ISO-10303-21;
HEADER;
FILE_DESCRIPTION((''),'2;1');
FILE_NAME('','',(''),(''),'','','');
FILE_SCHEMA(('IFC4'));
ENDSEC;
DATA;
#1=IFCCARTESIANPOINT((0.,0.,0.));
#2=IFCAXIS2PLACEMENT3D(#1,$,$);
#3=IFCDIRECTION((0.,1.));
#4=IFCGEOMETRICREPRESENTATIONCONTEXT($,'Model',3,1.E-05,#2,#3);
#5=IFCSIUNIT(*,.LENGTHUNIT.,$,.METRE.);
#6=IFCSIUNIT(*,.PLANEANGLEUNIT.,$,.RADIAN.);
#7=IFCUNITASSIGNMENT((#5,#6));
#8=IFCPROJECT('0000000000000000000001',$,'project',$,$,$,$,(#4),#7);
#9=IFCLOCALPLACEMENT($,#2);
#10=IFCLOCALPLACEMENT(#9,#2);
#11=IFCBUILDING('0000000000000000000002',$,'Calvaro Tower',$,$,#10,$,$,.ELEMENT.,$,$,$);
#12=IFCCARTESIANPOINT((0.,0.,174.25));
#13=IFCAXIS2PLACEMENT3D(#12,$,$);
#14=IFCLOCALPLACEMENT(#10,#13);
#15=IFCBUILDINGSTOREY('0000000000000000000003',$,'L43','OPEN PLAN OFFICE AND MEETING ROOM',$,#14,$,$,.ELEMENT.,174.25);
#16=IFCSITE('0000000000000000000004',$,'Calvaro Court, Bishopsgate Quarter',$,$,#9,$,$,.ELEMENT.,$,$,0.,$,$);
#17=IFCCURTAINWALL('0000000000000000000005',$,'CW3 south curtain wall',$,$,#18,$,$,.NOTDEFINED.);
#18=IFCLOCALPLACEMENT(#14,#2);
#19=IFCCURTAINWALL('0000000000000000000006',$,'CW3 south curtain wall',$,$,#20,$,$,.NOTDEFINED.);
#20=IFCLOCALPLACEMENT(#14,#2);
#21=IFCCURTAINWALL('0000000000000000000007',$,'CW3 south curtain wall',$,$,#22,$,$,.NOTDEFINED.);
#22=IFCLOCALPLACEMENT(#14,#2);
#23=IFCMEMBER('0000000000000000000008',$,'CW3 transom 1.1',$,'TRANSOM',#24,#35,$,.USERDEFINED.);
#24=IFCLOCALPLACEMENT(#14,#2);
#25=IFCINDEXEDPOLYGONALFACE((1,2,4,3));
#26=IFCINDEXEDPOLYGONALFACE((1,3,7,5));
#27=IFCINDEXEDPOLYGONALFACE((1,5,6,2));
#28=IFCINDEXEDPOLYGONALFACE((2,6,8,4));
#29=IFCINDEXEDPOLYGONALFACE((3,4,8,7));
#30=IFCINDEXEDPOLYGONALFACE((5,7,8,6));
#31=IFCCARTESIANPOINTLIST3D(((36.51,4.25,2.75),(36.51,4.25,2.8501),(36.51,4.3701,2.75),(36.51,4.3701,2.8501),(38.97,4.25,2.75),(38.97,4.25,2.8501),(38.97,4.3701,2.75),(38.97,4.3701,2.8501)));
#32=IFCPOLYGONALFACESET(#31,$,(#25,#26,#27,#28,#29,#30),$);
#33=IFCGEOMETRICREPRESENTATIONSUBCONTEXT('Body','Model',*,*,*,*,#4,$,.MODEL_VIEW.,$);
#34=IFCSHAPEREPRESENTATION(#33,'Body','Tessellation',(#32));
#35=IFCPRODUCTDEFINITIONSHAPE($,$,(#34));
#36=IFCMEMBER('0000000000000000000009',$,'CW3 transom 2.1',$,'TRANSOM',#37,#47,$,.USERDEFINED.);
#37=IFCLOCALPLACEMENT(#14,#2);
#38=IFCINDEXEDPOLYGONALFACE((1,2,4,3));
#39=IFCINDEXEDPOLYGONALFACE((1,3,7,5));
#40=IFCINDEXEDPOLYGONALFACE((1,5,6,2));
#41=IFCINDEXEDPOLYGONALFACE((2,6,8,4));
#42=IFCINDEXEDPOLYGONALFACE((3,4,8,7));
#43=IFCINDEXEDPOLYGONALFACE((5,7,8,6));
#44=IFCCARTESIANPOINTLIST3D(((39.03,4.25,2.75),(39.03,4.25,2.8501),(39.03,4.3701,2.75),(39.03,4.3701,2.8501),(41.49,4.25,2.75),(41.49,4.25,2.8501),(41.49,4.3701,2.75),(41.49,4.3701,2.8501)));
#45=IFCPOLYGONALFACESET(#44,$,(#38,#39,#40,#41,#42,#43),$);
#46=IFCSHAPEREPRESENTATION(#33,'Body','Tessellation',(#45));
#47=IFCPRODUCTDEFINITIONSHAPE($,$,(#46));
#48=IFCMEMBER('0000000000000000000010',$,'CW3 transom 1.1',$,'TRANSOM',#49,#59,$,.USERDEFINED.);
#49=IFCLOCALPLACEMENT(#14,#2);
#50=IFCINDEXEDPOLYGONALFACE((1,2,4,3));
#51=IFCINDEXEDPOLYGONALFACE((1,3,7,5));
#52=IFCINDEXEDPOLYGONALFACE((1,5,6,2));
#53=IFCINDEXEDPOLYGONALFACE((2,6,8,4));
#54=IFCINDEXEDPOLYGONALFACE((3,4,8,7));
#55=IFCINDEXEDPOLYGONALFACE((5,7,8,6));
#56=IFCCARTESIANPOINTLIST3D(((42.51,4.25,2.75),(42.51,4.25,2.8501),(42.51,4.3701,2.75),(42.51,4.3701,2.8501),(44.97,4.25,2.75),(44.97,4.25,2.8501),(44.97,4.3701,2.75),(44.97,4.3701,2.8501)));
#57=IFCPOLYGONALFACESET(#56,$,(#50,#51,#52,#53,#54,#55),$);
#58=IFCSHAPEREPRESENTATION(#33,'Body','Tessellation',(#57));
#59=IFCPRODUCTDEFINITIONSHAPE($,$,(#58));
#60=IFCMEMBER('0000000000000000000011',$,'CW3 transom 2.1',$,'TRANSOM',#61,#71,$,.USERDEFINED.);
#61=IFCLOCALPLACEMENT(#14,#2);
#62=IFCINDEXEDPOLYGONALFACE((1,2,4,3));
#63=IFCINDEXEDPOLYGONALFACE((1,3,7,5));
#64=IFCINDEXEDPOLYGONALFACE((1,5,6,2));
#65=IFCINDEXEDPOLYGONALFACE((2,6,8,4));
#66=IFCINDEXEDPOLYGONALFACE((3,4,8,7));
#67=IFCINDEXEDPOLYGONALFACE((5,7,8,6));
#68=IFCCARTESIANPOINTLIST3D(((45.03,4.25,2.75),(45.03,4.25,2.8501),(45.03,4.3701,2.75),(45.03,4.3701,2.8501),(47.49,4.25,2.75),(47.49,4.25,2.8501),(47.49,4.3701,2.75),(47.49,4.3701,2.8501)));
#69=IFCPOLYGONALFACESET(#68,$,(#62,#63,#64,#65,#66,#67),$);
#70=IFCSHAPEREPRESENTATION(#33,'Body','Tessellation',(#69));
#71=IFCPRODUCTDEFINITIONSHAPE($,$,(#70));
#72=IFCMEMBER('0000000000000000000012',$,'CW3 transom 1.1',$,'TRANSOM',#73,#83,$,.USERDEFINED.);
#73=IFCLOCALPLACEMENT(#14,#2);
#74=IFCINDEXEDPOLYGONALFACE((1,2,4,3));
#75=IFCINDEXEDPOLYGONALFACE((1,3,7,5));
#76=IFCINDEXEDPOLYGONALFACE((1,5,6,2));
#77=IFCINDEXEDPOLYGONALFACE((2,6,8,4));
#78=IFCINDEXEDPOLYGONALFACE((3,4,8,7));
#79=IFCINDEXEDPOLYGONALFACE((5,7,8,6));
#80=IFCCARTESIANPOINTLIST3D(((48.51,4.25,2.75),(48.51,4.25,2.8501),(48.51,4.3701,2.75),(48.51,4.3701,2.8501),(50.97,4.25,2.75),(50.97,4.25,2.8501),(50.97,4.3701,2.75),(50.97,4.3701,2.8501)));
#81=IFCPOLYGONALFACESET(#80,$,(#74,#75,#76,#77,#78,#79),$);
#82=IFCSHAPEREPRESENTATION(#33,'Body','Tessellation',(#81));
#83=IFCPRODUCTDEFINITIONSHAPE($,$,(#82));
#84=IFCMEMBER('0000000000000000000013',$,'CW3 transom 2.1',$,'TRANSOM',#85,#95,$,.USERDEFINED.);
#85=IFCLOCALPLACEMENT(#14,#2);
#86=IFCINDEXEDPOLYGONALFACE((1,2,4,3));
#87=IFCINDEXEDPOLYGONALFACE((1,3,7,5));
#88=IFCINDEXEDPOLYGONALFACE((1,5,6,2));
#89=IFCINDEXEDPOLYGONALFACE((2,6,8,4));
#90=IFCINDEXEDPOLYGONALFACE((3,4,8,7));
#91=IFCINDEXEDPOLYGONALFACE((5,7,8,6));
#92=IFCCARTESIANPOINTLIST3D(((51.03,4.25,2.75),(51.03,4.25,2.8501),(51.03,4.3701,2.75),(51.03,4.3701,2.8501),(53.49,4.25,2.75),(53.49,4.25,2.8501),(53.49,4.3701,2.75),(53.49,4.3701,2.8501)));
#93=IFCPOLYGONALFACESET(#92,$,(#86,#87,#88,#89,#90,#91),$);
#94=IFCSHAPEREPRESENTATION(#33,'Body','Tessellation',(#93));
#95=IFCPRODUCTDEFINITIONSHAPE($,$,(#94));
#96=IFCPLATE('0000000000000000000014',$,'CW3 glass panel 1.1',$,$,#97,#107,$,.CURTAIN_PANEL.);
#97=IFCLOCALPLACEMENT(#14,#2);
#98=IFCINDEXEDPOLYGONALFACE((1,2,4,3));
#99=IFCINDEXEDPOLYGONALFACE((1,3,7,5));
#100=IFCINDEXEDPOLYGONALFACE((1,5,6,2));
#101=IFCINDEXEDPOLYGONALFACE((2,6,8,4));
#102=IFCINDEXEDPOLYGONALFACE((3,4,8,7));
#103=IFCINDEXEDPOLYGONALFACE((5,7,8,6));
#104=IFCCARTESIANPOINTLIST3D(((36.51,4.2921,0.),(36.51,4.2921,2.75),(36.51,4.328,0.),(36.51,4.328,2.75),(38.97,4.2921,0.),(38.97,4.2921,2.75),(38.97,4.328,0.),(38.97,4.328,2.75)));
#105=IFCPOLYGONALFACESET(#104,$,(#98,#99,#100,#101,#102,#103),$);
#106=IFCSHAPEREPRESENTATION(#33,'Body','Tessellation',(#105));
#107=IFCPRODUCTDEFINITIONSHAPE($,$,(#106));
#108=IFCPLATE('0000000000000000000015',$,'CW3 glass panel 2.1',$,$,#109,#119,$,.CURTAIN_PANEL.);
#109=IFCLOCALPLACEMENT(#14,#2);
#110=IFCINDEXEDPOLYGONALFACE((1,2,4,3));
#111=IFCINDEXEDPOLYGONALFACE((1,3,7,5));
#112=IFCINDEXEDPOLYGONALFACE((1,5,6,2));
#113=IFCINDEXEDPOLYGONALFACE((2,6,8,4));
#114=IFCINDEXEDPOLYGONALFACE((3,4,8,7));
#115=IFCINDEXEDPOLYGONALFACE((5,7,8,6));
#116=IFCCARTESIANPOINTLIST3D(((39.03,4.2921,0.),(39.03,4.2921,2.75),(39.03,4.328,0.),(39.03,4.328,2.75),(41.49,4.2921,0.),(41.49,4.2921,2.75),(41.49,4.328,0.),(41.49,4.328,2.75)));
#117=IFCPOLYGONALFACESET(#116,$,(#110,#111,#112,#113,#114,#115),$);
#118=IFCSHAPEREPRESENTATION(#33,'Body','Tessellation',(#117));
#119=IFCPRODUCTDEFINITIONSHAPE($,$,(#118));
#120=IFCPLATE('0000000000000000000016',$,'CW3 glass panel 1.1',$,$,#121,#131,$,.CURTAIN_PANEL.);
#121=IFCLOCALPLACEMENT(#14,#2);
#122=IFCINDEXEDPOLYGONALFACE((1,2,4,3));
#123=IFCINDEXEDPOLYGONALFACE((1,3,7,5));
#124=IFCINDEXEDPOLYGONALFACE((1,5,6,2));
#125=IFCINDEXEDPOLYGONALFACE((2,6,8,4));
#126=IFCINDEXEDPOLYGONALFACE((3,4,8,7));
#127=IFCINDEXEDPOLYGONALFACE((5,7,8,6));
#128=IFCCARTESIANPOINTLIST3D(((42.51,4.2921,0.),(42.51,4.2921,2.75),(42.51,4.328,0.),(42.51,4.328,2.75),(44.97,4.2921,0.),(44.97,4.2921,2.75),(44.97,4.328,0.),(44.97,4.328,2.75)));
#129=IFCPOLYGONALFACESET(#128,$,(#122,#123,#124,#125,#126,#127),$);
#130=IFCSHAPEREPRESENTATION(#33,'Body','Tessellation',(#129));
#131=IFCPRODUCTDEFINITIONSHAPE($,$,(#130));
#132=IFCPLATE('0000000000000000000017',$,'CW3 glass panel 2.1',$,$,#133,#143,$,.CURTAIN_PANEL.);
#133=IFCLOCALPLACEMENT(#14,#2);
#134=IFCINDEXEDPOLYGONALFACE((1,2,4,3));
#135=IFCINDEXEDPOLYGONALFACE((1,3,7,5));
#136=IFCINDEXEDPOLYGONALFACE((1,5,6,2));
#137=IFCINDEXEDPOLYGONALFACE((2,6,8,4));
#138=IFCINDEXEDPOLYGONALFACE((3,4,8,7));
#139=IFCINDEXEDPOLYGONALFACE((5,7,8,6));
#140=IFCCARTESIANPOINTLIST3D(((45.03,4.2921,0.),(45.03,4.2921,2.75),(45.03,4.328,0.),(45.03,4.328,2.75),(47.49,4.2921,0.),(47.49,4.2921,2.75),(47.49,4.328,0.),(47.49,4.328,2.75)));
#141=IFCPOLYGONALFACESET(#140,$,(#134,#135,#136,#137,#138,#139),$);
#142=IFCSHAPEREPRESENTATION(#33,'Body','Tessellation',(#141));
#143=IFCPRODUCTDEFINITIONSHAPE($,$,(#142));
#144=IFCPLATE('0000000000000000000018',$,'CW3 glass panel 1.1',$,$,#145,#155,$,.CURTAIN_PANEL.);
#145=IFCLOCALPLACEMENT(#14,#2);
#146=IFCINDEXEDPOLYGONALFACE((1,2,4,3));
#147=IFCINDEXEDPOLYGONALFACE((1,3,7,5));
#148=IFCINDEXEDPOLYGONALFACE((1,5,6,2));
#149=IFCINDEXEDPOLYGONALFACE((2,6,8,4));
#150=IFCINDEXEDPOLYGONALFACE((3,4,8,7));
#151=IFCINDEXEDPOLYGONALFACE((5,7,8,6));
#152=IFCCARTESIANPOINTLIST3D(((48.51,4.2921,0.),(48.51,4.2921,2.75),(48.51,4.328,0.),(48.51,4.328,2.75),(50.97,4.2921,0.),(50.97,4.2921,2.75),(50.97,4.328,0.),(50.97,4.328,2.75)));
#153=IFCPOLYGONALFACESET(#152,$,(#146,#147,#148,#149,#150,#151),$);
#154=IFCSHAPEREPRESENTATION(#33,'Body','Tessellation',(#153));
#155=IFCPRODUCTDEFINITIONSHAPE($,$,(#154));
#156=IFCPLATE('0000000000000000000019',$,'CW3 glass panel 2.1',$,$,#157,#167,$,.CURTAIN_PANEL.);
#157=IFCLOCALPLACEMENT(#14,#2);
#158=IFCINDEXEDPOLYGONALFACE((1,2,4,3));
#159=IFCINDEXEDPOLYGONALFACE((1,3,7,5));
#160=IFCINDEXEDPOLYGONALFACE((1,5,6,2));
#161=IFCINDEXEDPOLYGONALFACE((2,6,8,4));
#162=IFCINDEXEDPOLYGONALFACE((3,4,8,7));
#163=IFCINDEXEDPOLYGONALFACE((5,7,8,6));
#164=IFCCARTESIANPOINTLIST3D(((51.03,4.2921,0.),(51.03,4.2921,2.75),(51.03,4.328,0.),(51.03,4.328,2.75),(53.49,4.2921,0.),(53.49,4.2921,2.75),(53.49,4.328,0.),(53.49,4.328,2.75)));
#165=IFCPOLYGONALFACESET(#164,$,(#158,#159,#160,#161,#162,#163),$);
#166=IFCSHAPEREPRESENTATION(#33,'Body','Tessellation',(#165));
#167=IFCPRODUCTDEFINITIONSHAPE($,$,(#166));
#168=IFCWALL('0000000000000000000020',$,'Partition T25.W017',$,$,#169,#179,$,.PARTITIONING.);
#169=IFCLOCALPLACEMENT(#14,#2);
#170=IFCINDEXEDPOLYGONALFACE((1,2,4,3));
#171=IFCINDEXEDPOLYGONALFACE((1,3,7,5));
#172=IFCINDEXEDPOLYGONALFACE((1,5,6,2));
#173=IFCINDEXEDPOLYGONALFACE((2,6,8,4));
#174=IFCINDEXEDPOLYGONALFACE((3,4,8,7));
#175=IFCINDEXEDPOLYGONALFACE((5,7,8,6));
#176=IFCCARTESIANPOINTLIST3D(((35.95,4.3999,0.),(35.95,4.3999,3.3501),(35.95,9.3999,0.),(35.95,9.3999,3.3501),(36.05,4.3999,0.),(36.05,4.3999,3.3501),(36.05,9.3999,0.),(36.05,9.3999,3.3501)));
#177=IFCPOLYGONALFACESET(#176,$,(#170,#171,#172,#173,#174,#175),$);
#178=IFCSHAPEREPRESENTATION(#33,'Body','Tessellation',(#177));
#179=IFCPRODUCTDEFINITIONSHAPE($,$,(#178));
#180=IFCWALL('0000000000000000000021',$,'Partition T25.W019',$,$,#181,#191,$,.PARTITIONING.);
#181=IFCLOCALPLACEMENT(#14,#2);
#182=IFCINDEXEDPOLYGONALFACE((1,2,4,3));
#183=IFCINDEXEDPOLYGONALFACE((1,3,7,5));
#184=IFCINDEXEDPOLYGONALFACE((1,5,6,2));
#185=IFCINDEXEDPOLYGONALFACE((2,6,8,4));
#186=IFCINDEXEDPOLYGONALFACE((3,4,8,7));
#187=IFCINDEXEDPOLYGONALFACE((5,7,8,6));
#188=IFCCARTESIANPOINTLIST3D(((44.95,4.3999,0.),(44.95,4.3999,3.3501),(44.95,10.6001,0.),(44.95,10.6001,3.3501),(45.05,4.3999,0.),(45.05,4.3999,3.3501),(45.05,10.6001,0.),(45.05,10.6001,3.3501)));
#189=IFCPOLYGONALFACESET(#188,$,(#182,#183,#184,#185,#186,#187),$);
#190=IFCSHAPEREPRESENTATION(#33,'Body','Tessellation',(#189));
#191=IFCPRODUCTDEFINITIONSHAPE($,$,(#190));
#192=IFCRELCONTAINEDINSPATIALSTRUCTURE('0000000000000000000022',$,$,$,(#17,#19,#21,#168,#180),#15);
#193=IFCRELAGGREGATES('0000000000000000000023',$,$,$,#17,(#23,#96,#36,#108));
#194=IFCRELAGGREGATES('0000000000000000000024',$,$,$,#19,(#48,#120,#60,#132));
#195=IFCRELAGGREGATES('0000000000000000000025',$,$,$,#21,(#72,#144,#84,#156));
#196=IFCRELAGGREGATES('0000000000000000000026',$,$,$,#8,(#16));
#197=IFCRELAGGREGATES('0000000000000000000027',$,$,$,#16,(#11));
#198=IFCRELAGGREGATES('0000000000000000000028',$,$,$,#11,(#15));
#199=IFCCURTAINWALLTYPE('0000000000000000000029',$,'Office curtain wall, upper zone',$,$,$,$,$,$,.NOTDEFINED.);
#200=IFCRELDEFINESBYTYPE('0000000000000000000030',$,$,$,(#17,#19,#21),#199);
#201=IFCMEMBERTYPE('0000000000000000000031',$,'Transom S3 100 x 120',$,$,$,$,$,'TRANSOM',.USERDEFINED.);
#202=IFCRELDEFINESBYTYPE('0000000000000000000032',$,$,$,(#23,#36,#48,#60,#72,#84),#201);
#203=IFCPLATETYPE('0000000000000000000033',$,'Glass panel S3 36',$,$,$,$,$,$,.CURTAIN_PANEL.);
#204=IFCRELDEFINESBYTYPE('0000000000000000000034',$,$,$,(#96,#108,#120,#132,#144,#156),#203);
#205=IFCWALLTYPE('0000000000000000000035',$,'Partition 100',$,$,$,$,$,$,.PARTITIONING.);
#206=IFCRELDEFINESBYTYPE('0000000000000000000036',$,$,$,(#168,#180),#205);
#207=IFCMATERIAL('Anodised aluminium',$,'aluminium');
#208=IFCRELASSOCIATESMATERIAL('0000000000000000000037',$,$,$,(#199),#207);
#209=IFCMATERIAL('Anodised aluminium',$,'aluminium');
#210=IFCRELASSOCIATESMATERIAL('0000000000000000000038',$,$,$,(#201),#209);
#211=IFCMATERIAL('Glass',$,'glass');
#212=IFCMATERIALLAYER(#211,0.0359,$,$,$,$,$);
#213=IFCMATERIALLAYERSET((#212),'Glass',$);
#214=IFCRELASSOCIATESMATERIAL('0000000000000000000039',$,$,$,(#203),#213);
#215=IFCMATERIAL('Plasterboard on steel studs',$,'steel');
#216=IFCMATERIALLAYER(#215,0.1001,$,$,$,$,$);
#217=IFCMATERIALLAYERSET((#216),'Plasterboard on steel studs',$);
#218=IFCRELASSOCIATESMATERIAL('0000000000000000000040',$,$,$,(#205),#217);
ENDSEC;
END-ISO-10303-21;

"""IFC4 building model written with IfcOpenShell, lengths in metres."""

from ifc_helpers import new_model, si_unit, direction, frame, frame_2d, origin, origin_2d, place, context, subcontext, project, spatial, rectangle, extrude, material, layer, layer_set, material_profile, profile_set, type_object, element, aggregate, save


model = new_model("IFC4")

# Units and contexts
model_context = context("Model", 3, precision=1e-05, world=origin(), true_north=direction((0.0, 1.0)))
body_context = subcontext(model_context, "Body", "Model", "MODEL_VIEW")
ifc_project = project(units=[si_unit("LENGTHUNIT", "METRE"), si_unit("PLANEANGLEUNIT", "RADIAN")], contexts=[model_context])

# Site, building, storey
site_placement = place(None, origin())
site = spatial("IfcSite", under=ifc_project, at=site_placement, Name="Calvaro Court, Bishopsgate Quarter", CompositionType="ELEMENT", RefElevation=0.0)
building_placement = place(site_placement, origin())
building = spatial("IfcBuilding", under=site, at=building_placement, Name="Calvaro Tower", CompositionType="ELEMENT")
storey_placement = place(building_placement, frame((0.0, 0.0, 174.25)))
storey = spatial("IfcBuildingStorey", under=building, at=storey_placement, Name="L43", Description="OPEN PLAN OFFICE AND MEETING ROOM", CompositionType="ELEMENT", Elevation=174.25)

# Shared definitions
ifc_material_1 = material(Name="Anodised aluminium", Category="aluminium")
curtain_wall_type = type_object("IfcCurtainWallType", Name="Office curtain wall, upper zone", PredefinedType="NOTDEFINED", material=ifc_material_1)

# Curtain walls
curtain_wall_1_placement = place(storey_placement, origin())
curtain_wall_1 = element("IfcCurtainWall", 1, at=curtain_wall_1_placement, inside=storey, type_object=curtain_wall_type, Name="CW3 south curtain wall", PredefinedType="NOTDEFINED")
curtain_wall_2_placement = place(storey_placement, origin())
curtain_wall_2 = element("IfcCurtainWall", 2, at=curtain_wall_2_placement, inside=storey, type_object=curtain_wall_type, Name="CW3 south curtain wall", PredefinedType="NOTDEFINED")
curtain_wall_3_placement = place(storey_placement, origin())
curtain_wall_3 = element("IfcCurtainWall", 3, at=curtain_wall_3_placement, inside=storey, type_object=curtain_wall_type, Name="CW3 south curtain wall", PredefinedType="NOTDEFINED")

# Members
ifc_material_2 = material(Name="Anodised aluminium", Category="aluminium")
ifc_material_profile_1 = material_profile(ifc_material_2, rectangle(XDim=0.1201, YDim=0.1001, at=origin_2d()), Name="Transom S3 100 x 120")
ifc_profile_set_1 = profile_set([ifc_material_profile_1], Name="Anodised aluminium")
member_type_1 = type_object("IfcMemberType", Name="Transom S3 100 x 120", ElementType="TRANSOM", PredefinedType="USERDEFINED", material=ifc_profile_set_1)
member_1_placement = place(storey_placement, frame((36.51, 4.3101, 2.8), z_axis=(1.0, 0.0, 0.0), x_axis=(0.0, 1.0, 0.0)))
member_1 = element("IfcMember", 4, at=member_1_placement, type_object=member_type_1, Name="CW3 transom 1.1", ObjectType="TRANSOM", PredefinedType="USERDEFINED", context=body_context, shape_type="SweptSolid", body=[
    extrude(rectangle(XDim=0.1201, YDim=0.1001, at=origin_2d()), origin(), (0.0, 0.0, 1.0), 2.46),
])
member_2_placement = place(storey_placement, frame((39.03, 4.3101, 2.8), z_axis=(1.0, 0.0, 0.0), x_axis=(0.0, 1.0, 0.0)))
member_2 = element("IfcMember", 5, at=member_2_placement, type_object=member_type_1, Name="CW3 transom 2.1", ObjectType="TRANSOM", PredefinedType="USERDEFINED", context=body_context, shape_type="SweptSolid", body=[
    extrude(rectangle(XDim=0.1201, YDim=0.1001, at=origin_2d()), origin(), (0.0, 0.0, 1.0), 2.46),
])
member_3_placement = place(storey_placement, frame((42.51, 4.3101, 2.8), z_axis=(1.0, 0.0, 0.0), x_axis=(0.0, 1.0, 0.0)))
member_3 = element("IfcMember", 6, at=member_3_placement, type_object=member_type_1, Name="CW3 transom 1.1", ObjectType="TRANSOM", PredefinedType="USERDEFINED", context=body_context, shape_type="SweptSolid", body=[
    extrude(rectangle(XDim=0.1201, YDim=0.1001, at=origin_2d()), origin(), (0.0, 0.0, 1.0), 2.46),
])
member_4_placement = place(storey_placement, frame((45.03, 4.3101, 2.8), z_axis=(1.0, 0.0, 0.0), x_axis=(0.0, 1.0, 0.0)))
member_4 = element("IfcMember", 7, at=member_4_placement, type_object=member_type_1, Name="CW3 transom 2.1", ObjectType="TRANSOM", PredefinedType="USERDEFINED", context=body_context, shape_type="SweptSolid", body=[
    extrude(rectangle(XDim=0.1201, YDim=0.1001, at=origin_2d()), origin(), (0.0, 0.0, 1.0), 2.46),
])
member_5_placement = place(storey_placement, frame((48.51, 4.3101, 2.8), z_axis=(1.0, 0.0, 0.0), x_axis=(0.0, 1.0, 0.0)))
member_5 = element("IfcMember", 8, at=member_5_placement, type_object=member_type_1, Name="CW3 transom 1.1", ObjectType="TRANSOM", PredefinedType="USERDEFINED", context=body_context, shape_type="SweptSolid", body=[
    extrude(rectangle(XDim=0.1201, YDim=0.1001, at=origin_2d()), origin(), (0.0, 0.0, 1.0), 2.46),
])
member_6_placement = place(storey_placement, frame((51.03, 4.3101, 2.8), z_axis=(1.0, 0.0, 0.0), x_axis=(0.0, 1.0, 0.0)))
member_6 = element("IfcMember", 9, at=member_6_placement, type_object=member_type_1, Name="CW3 transom 2.1", ObjectType="TRANSOM", PredefinedType="USERDEFINED", context=body_context, shape_type="SweptSolid", body=[
    extrude(rectangle(XDim=0.1201, YDim=0.1001, at=origin_2d()), origin(), (0.0, 0.0, 1.0), 2.46),
])

# Plates
ifc_material_3 = material(Name="Glass", Category="glass")
ifc_layer_1 = layer(ifc_material_3, 0.0359)
ifc_layer_set_1 = layer_set([ifc_layer_1], Name="Glass")
plate_type = type_object("IfcPlateType", Name="Glass panel S3 36", PredefinedType="CURTAIN_PANEL", material=ifc_layer_set_1)
plate_1_placement = place(storey_placement, frame((37.74, 4.3101, 0.0), z_axis=(0.0, 0.0, 1.0), x_axis=(1.0, 0.0, 0.0)))
plate_1 = element("IfcPlate", 10, at=plate_1_placement, type_object=plate_type, Name="CW3 glass panel 1.1", PredefinedType="CURTAIN_PANEL", context=body_context, shape_type="SweptSolid", body=[
    extrude(rectangle(XDim=2.46, YDim=0.0359, at=origin_2d()), origin(), (0.0, 0.0, 1.0), 2.75),
])
plate_2_placement = place(storey_placement, frame((40.26, 4.3101, 0.0), z_axis=(0.0, 0.0, 1.0), x_axis=(1.0, 0.0, 0.0)))
plate_2 = element("IfcPlate", 11, at=plate_2_placement, type_object=plate_type, Name="CW3 glass panel 2.1", PredefinedType="CURTAIN_PANEL", context=body_context, shape_type="SweptSolid", body=[
    extrude(rectangle(XDim=2.46, YDim=0.0359, at=origin_2d()), origin(), (0.0, 0.0, 1.0), 2.75),
])
aggregate(curtain_wall_1, [member_1, plate_1, member_2, plate_2])
plate_3_placement = place(storey_placement, frame((43.74, 4.3101, 0.0), z_axis=(0.0, 0.0, 1.0), x_axis=(1.0, 0.0, 0.0)))
plate_3 = element("IfcPlate", 12, at=plate_3_placement, type_object=plate_type, Name="CW3 glass panel 1.1", PredefinedType="CURTAIN_PANEL", context=body_context, shape_type="SweptSolid", body=[
    extrude(rectangle(XDim=2.46, YDim=0.0359, at=origin_2d()), origin(), (0.0, 0.0, 1.0), 2.75),
])
plate_4_placement = place(storey_placement, frame((46.26, 4.3101, 0.0), z_axis=(0.0, 0.0, 1.0), x_axis=(1.0, 0.0, 0.0)))
plate_4 = element("IfcPlate", 13, at=plate_4_placement, type_object=plate_type, Name="CW3 glass panel 2.1", PredefinedType="CURTAIN_PANEL", context=body_context, shape_type="SweptSolid", body=[
    extrude(rectangle(XDim=2.46, YDim=0.0359, at=origin_2d()), origin(), (0.0, 0.0, 1.0), 2.75),
])
aggregate(curtain_wall_2, [member_3, plate_3, member_4, plate_4])
plate_5_placement = place(storey_placement, frame((49.74, 4.3101, 0.0), z_axis=(0.0, 0.0, 1.0), x_axis=(1.0, 0.0, 0.0)))
plate_5 = element("IfcPlate", 14, at=plate_5_placement, type_object=plate_type, Name="CW3 glass panel 1.1", PredefinedType="CURTAIN_PANEL", context=body_context, shape_type="SweptSolid", body=[
    extrude(rectangle(XDim=2.46, YDim=0.0359, at=origin_2d()), origin(), (0.0, 0.0, 1.0), 2.75),
])
plate_6_placement = place(storey_placement, frame((52.26, 4.3101, 0.0), z_axis=(0.0, 0.0, 1.0), x_axis=(1.0, 0.0, 0.0)))
plate_6 = element("IfcPlate", 15, at=plate_6_placement, type_object=plate_type, Name="CW3 glass panel 2.1", PredefinedType="CURTAIN_PANEL", context=body_context, shape_type="SweptSolid", body=[
    extrude(rectangle(XDim=2.46, YDim=0.0359, at=origin_2d()), origin(), (0.0, 0.0, 1.0), 2.75),
])
aggregate(curtain_wall_3, [member_5, plate_5, member_6, plate_6])

# Walls
ifc_material_4 = material(Name="Plasterboard on steel studs", Category="steel")
ifc_layer_2 = layer(ifc_material_4, 0.1001)
ifc_layer_set_2 = layer_set([ifc_layer_2], Name="Plasterboard on steel studs")
wall_type = type_object("IfcWallType", Name="Partition 100", PredefinedType="PARTITIONING", material=ifc_layer_set_2)
wall_1_placement = place(storey_placement, frame((36.0, 4.3999, 0.0), z_axis=(0.0, 0.0, 1.0), x_axis=(0.0, 1.0, 0.0)))
element("IfcWall", 16, at=wall_1_placement, inside=storey, type_object=wall_type, Name="Partition T25.W017", PredefinedType="PARTITIONING", context=body_context, shape_type="SweptSolid", body=[
    extrude(rectangle(XDim=5.0, YDim=0.1001, at=frame_2d((2.5, 0.0))), origin(), (0.0, 0.0, 1.0), 3.3501),
])
wall_2_placement = place(storey_placement, frame((45.0, 4.3999, 0.0), z_axis=(0.0, 0.0, 1.0), x_axis=(0.0, 1.0, 0.0)))
element("IfcWall", 17, at=wall_2_placement, inside=storey, type_object=wall_type, Name="Partition T25.W019", PredefinedType="PARTITIONING", context=body_context, shape_type="SweptSolid", body=[
    extrude(rectangle(XDim=6.2002, YDim=0.1001, at=frame_2d((3.1001, 0.0))), origin(), (0.0, 0.0, 1.0), 3.3501),
])

save(model, "model.ifc")
